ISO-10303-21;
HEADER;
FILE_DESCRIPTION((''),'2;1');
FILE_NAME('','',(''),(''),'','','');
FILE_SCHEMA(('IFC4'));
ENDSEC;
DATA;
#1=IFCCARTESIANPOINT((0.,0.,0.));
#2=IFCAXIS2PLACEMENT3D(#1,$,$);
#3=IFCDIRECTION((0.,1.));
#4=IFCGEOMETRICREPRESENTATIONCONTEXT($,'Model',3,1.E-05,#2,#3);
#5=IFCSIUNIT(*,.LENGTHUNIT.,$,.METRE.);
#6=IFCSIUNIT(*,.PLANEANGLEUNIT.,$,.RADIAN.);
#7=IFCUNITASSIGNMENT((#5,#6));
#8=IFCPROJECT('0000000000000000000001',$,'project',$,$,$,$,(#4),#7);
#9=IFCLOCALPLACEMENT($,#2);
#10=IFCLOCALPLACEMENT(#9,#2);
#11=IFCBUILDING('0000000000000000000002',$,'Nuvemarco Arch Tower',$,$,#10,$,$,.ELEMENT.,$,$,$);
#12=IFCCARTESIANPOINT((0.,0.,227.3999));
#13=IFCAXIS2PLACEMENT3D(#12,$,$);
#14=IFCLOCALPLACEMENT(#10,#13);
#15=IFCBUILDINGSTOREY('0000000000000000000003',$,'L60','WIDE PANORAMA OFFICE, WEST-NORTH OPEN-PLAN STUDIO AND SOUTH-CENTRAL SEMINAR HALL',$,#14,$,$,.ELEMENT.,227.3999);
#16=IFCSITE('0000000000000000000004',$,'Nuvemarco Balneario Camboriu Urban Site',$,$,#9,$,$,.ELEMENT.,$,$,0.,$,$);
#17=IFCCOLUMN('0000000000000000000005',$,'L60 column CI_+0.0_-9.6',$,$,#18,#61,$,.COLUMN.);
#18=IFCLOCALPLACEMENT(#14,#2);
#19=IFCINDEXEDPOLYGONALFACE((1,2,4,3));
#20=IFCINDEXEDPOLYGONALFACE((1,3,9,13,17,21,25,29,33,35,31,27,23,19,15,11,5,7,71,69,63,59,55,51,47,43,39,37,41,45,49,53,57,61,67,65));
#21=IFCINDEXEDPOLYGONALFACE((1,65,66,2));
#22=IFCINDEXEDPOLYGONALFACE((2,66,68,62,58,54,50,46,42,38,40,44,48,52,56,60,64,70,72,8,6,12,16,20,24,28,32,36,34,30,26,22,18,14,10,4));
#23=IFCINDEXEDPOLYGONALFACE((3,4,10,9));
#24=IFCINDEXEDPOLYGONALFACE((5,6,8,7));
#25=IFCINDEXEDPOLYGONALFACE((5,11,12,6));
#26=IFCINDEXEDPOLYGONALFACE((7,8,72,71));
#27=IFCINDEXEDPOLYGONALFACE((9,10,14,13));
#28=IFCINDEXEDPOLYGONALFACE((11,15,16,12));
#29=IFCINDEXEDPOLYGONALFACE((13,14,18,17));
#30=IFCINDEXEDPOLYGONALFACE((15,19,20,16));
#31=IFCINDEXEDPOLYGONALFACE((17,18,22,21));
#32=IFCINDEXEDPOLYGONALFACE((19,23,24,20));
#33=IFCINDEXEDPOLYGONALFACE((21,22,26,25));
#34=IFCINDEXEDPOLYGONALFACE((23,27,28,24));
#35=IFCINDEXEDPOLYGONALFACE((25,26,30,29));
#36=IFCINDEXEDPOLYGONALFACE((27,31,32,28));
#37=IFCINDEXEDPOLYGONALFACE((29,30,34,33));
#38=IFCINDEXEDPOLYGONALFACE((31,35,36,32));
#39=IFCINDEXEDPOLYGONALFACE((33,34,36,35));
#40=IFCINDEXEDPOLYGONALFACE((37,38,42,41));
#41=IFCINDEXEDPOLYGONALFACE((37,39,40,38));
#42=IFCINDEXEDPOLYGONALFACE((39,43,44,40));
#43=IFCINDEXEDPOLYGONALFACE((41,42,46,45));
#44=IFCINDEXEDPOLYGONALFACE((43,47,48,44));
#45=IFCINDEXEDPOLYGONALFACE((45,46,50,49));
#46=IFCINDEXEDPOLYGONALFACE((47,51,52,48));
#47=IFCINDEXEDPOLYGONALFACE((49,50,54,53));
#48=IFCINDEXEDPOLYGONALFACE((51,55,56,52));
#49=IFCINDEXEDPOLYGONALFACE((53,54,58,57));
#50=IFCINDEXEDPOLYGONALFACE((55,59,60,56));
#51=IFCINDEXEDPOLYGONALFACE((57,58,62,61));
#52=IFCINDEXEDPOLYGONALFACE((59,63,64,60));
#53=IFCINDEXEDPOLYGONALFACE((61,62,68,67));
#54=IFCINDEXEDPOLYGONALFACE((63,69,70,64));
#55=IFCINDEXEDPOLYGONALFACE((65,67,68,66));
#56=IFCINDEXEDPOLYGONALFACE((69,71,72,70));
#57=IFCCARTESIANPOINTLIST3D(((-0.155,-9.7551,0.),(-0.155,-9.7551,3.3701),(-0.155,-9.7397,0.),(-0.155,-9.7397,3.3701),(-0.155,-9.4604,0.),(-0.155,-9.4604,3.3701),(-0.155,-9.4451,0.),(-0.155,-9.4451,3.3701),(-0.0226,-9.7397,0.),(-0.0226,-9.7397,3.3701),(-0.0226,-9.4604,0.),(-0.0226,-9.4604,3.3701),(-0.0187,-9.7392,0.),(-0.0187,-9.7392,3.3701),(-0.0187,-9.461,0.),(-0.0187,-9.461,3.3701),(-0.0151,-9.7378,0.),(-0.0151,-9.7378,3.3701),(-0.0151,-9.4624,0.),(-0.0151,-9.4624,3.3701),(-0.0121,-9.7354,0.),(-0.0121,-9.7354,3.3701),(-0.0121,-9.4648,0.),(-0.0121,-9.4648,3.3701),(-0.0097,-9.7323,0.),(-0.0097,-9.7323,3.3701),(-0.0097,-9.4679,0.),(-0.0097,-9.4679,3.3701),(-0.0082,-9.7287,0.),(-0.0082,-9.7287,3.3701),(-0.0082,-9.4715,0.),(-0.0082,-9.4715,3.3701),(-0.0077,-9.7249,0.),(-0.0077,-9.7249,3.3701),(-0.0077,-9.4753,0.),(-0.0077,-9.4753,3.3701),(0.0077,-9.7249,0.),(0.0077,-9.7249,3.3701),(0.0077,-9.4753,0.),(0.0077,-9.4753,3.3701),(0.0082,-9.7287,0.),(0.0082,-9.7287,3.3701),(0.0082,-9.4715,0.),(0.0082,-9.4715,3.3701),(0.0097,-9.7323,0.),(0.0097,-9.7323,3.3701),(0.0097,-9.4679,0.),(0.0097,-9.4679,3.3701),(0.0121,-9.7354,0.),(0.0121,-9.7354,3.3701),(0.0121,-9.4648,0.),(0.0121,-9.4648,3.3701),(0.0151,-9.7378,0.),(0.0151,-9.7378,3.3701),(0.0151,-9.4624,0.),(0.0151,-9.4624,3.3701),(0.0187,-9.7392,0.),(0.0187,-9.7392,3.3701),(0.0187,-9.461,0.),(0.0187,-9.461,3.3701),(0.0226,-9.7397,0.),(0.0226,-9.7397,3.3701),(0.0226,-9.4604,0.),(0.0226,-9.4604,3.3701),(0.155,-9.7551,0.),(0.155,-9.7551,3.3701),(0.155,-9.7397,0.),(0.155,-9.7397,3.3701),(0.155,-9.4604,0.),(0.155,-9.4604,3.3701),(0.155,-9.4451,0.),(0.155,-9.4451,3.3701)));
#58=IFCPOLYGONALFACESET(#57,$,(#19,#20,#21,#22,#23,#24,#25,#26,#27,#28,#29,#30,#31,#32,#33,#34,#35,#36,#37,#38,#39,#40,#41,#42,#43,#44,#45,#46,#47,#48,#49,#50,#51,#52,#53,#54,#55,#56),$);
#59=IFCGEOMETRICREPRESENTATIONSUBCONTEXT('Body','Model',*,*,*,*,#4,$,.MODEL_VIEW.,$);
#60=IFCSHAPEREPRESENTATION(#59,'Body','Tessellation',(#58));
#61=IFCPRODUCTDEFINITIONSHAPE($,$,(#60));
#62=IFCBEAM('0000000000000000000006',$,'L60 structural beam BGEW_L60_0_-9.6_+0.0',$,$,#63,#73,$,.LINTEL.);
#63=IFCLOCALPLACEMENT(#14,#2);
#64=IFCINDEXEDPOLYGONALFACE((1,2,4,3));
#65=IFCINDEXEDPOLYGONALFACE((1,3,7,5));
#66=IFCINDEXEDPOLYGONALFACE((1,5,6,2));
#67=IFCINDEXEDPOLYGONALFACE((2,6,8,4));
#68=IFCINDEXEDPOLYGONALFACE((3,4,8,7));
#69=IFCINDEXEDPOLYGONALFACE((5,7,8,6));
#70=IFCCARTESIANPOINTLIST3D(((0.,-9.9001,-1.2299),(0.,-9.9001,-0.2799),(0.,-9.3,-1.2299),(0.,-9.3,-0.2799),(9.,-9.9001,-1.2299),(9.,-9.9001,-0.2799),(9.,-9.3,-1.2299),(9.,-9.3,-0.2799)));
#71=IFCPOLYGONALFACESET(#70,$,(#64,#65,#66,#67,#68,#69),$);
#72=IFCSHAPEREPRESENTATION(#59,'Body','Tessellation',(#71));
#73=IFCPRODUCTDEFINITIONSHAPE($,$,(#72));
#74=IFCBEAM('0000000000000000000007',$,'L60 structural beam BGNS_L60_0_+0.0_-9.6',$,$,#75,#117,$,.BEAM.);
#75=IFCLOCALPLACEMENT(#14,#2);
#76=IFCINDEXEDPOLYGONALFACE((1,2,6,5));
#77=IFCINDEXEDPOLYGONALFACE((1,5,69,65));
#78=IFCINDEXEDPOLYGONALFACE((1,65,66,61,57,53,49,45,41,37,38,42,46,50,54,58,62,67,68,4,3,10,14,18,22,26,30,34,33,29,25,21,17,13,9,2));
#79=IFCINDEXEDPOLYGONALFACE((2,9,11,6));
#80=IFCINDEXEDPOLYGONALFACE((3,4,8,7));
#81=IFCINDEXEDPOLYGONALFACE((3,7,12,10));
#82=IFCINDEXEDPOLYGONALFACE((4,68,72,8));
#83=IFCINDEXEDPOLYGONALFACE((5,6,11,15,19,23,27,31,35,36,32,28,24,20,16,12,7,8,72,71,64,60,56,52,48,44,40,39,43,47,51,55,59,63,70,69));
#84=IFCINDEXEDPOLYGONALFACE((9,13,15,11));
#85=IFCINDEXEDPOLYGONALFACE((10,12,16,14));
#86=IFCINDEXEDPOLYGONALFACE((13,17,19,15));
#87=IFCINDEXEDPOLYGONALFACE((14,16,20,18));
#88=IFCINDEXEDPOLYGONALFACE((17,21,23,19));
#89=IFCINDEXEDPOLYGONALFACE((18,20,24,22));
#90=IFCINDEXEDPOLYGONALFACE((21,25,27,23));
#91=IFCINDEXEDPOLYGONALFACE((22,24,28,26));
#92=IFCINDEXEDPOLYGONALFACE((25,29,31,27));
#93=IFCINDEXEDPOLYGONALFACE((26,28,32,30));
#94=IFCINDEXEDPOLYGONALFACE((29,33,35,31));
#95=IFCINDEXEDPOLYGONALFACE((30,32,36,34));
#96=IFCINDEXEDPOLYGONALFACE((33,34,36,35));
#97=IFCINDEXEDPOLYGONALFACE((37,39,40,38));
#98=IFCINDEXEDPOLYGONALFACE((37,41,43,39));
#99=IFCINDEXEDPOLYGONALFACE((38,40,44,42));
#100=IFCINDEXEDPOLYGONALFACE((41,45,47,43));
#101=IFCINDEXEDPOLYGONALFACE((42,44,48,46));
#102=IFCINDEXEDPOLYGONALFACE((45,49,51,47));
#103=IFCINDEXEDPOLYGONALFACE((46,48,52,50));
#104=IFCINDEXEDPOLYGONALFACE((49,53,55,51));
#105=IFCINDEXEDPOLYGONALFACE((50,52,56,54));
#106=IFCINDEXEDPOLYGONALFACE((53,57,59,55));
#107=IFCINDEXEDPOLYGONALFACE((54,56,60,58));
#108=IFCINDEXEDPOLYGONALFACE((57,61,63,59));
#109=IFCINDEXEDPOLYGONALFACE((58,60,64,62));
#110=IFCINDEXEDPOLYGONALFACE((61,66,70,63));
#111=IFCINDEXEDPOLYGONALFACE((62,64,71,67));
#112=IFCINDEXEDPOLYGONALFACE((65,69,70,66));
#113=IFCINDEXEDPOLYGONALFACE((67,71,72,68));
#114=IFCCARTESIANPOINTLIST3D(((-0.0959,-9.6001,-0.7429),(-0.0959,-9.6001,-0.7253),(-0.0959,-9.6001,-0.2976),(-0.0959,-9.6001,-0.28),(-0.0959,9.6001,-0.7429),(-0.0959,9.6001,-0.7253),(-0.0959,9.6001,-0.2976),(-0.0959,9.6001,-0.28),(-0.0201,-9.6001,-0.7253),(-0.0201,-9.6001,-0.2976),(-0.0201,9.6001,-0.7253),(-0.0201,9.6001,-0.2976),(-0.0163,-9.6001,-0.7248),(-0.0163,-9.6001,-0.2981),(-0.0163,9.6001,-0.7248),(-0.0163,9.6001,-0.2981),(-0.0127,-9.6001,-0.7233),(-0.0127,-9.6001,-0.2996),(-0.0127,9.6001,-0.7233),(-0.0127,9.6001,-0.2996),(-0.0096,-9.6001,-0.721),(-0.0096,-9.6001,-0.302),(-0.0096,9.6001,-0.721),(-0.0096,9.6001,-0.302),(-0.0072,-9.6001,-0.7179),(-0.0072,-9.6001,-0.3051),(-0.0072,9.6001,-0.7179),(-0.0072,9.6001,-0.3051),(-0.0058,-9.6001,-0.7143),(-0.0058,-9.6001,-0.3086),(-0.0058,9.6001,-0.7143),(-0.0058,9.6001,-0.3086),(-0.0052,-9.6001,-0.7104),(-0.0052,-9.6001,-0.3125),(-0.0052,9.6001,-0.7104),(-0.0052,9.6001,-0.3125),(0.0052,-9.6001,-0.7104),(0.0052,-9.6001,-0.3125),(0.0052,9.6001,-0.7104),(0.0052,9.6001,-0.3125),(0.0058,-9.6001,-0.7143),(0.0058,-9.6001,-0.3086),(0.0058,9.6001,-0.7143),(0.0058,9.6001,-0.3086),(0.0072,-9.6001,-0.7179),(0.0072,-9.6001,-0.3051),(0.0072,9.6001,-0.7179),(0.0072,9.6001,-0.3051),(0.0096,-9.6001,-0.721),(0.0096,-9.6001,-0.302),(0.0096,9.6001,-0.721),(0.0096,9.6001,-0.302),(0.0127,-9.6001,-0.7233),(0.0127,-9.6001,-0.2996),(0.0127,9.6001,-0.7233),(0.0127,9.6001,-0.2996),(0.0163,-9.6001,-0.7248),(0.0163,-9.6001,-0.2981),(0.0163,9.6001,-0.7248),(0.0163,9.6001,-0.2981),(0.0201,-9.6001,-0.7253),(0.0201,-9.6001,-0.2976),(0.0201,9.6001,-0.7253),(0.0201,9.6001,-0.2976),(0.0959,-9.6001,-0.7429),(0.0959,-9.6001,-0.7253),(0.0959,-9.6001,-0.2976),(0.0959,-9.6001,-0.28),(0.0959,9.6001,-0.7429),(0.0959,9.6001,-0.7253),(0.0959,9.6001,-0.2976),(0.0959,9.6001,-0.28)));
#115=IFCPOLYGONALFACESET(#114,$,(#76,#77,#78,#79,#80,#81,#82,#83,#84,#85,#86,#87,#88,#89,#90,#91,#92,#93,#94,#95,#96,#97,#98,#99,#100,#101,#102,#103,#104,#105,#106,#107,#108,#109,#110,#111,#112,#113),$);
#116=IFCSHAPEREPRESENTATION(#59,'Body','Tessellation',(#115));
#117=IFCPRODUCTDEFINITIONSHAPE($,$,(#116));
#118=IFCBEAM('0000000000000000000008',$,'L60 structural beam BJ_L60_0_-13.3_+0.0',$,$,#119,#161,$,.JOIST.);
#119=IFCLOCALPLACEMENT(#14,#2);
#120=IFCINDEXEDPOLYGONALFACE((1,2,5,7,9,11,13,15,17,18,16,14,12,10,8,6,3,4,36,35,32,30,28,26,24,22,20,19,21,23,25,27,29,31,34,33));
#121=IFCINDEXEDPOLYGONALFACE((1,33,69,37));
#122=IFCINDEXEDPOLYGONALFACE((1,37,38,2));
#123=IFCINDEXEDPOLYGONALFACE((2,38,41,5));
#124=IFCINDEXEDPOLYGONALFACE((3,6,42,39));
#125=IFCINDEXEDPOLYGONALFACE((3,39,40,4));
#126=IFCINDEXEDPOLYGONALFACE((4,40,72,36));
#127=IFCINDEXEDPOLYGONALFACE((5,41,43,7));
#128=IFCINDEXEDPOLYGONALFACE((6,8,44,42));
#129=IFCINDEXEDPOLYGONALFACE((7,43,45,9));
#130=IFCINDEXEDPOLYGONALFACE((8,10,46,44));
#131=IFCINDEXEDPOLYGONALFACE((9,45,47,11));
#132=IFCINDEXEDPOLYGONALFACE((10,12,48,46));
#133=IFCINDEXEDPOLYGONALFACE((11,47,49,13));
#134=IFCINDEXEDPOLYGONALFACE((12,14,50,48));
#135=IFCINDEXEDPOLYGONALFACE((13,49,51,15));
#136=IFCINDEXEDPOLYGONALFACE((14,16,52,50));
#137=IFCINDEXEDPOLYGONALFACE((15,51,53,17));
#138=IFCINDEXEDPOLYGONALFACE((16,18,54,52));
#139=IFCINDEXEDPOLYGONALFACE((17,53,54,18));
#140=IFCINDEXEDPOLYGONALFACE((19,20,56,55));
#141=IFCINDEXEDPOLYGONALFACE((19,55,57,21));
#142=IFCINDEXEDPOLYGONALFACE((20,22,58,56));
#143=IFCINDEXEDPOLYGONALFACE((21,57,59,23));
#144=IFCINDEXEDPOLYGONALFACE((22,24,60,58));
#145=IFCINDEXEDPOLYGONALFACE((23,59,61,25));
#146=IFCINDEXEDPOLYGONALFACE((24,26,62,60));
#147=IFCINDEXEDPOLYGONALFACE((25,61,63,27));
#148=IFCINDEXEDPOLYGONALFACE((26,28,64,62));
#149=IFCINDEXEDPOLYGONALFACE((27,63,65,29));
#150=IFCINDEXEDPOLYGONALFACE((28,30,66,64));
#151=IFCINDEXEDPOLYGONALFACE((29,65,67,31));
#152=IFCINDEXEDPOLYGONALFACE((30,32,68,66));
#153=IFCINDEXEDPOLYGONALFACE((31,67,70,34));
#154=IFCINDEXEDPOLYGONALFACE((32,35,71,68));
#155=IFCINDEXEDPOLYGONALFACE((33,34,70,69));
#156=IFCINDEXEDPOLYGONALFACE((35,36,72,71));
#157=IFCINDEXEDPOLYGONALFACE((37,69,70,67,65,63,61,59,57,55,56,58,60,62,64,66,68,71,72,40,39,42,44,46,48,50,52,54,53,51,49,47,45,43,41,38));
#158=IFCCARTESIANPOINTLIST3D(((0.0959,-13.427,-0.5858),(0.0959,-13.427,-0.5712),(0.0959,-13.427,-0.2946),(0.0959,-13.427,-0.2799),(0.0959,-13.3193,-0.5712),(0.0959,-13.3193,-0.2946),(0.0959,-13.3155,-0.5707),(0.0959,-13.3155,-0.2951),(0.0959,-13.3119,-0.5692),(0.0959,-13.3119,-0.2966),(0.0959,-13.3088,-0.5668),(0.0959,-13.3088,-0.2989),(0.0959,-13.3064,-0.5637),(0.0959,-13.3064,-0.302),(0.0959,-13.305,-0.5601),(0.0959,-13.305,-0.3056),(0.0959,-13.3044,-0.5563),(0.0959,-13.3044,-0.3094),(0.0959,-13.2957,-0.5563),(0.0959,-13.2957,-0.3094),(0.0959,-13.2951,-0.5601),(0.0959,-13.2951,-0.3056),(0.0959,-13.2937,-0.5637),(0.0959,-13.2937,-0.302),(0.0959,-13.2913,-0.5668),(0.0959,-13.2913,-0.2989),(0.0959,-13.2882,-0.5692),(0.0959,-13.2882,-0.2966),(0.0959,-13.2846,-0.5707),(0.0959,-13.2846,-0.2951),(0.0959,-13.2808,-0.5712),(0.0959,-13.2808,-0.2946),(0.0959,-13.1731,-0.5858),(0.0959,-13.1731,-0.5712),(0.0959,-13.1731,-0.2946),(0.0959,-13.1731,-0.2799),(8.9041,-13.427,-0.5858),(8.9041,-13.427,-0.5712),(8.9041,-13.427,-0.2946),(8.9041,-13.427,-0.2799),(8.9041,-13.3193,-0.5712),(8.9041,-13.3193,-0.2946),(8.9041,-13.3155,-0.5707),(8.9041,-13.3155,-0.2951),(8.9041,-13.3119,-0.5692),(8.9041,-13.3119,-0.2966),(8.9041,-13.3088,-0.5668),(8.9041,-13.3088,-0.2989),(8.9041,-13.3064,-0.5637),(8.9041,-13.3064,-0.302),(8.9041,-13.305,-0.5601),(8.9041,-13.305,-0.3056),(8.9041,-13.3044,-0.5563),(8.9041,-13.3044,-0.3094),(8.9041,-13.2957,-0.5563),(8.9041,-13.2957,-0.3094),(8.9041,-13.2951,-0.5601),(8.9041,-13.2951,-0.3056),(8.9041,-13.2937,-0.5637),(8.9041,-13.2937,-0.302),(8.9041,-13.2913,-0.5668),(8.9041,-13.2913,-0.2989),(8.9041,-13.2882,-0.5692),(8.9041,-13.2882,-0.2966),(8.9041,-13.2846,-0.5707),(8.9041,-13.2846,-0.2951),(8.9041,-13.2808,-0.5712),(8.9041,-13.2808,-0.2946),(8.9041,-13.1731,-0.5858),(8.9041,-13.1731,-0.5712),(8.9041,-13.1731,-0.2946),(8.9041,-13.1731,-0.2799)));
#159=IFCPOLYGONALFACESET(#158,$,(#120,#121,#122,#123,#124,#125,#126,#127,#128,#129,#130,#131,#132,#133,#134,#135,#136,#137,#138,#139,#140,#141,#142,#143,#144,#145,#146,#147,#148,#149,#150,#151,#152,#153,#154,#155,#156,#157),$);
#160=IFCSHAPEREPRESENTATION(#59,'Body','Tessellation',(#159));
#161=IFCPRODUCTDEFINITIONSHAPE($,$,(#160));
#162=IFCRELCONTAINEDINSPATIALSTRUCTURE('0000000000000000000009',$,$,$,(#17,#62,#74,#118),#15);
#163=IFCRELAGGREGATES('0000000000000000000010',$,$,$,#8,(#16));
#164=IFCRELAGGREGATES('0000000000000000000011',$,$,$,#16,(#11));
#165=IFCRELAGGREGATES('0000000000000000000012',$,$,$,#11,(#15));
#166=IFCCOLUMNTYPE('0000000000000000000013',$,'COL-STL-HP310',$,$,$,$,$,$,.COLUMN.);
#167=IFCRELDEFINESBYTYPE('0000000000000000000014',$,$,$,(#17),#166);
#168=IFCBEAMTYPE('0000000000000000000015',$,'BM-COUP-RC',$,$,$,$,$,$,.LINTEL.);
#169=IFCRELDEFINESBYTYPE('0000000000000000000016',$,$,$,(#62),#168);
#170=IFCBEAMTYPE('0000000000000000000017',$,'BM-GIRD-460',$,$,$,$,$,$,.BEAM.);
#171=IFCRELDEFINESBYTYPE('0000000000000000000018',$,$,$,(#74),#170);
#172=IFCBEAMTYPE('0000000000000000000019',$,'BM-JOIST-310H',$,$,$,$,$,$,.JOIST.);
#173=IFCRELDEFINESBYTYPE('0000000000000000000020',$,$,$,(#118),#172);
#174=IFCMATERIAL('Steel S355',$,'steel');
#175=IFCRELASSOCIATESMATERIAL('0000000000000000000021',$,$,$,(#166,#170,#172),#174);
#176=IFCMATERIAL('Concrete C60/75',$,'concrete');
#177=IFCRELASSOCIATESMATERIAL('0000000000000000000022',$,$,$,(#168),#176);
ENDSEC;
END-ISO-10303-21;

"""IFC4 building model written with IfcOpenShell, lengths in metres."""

from ifc_helpers import new_model, si_unit, direction, frame, origin, origin_2d, place, context, subcontext, project, spatial, rectangle, i_section, extrude, material, material_profile, profile_set, type_object, element, save


model = new_model("IFC4")

# Units and contexts
model_context = context("Model", 3, precision=1e-05, world=origin(), true_north=direction((0.0, 1.0)))
body_context = subcontext(model_context, "Body", "Model", "MODEL_VIEW")
ifc_project = project(units=[si_unit("LENGTHUNIT", "METRE"), si_unit("PLANEANGLEUNIT", "RADIAN")], contexts=[model_context])

# Site, building, storey
site_placement = place(None, origin())
site = spatial("IfcSite", under=ifc_project, at=site_placement, Name="Nuvemarco Balneario Camboriu Urban Site", CompositionType="ELEMENT", RefElevation=0.0)
building_placement = place(site_placement, origin())
building = spatial("IfcBuilding", under=site, at=building_placement, Name="Nuvemarco Arch Tower", CompositionType="ELEMENT")
storey_placement = place(building_placement, frame((0.0, 0.0, 227.3999)))
storey = spatial("IfcBuildingStorey", under=building, at=storey_placement, Name="L60", Description="WIDE PANORAMA OFFICE, WEST-NORTH OPEN-PLAN STUDIO AND SOUTH-CENTRAL SEMINAR HALL", CompositionType="ELEMENT", Elevation=227.3999)

# Column
ifc_material_1 = material(Name="Steel S355", Category="steel")
ifc_material_profile_1 = material_profile(ifc_material_1, i_section(OverallWidth=0.3101, OverallDepth=0.3101, WebThickness=0.0154, FlangeThickness=0.0154, FilletRadius=0.0149, at=origin_2d()), Name="HP310x110")
ifc_profile_set_1 = profile_set([ifc_material_profile_1], Name="Steel S355")
column_type = type_object("IfcColumnType", Name="COL-STL-HP310", PredefinedType="COLUMN", material=ifc_profile_set_1)
column_placement = place(storey_placement, frame((0.0, -9.6001, 0.0), z_axis=(0.0, 0.0, 1.0), x_axis=(1.0, 0.0, 0.0)))
element("IfcColumn", 1, at=column_placement, inside=storey, type_object=column_type, Name="L60 column CI_+0.0_-9.6", PredefinedType="COLUMN", context=body_context, shape_type="SweptSolid", body=[
    extrude(i_section(OverallWidth=0.3101, OverallDepth=0.3101, WebThickness=0.0154, FlangeThickness=0.0154, FilletRadius=0.0149, at=origin_2d()), origin(), (0.0, 0.0, 1.0), 3.3701),
])

# Beams
ifc_material_2 = material(Name="Concrete C60/75", Category="concrete")
ifc_material_profile_2 = material_profile(ifc_material_2, rectangle(XDim=0.6001, YDim=0.95, at=origin_2d()), Name="RC-BM-600x950")
ifc_profile_set_2 = profile_set([ifc_material_profile_2], Name="Concrete C60/75")
beam_type_1 = type_object("IfcBeamType", Name="BM-COUP-RC", PredefinedType="LINTEL", material=ifc_profile_set_2)
beam_1_placement = place(storey_placement, frame((0.0, -9.6001, -0.7549), z_axis=(1.0, 0.0, 0.0), x_axis=(0.0, 1.0, 0.0)))
element("IfcBeam", 2, at=beam_1_placement, inside=storey, type_object=beam_type_1, Name="L60 structural beam BGEW_L60_0_-9.6_+0.0", PredefinedType="LINTEL", context=body_context, shape_type="SweptSolid", body=[
    extrude(rectangle(XDim=0.6001, YDim=0.95, at=origin_2d()), origin(), (0.0, 0.0, 1.0), 9.0),
])
ifc_material_profile_3 = material_profile(ifc_material_1, i_section(OverallWidth=0.1919, OverallDepth=0.4629, WebThickness=0.0105, FlangeThickness=0.0176, FilletRadius=0.0149, at=origin_2d()), Name="W460x89")
ifc_profile_set_3 = profile_set([ifc_material_profile_3], Name="Steel S355")
beam_type_2 = type_object("IfcBeamType", Name="BM-GIRD-460", PredefinedType="BEAM", material=ifc_profile_set_3)
beam_2_placement = place(storey_placement, frame((0.0, -9.6001, -0.5115), z_axis=(0.0, 1.0, 0.0), x_axis=(-1.0, 0.0, 0.0)))
element("IfcBeam", 3, at=beam_2_placement, inside=storey, type_object=beam_type_2, Name="L60 structural beam BGNS_L60_0_+0.0_-9.6", PredefinedType="BEAM", context=body_context, shape_type="SweptSolid", body=[
    extrude(i_section(OverallWidth=0.1919, OverallDepth=0.4629, WebThickness=0.0105, FlangeThickness=0.0176, FilletRadius=0.0149, at=origin_2d()), origin(), (0.0, 0.0, 1.0), 19.2002),
])
ifc_material_profile_4 = material_profile(ifc_material_1, i_section(OverallWidth=0.2539, OverallDepth=0.3059, WebThickness=0.0088, FlangeThickness=0.0146, FilletRadius=0.0149, at=origin_2d()), Name="W310x79")
ifc_profile_set_4 = profile_set([ifc_material_profile_4], Name="Steel S355")
beam_type_3 = type_object("IfcBeamType", Name="BM-JOIST-310H", PredefinedType="JOIST", material=ifc_profile_set_4)
beam_3_placement = place(storey_placement, frame((0.0959, -13.3, -0.4329), z_axis=(1.0, 0.0, 0.0), x_axis=(0.0, 1.0, 0.0)))
element("IfcBeam", 4, at=beam_3_placement, inside=storey, type_object=beam_type_3, Name="L60 structural beam BJ_L60_0_-13.3_+0.0", PredefinedType="JOIST", context=body_context, shape_type="SweptSolid", body=[
    extrude(i_section(OverallWidth=0.2539, OverallDepth=0.3059, WebThickness=0.0088, FlangeThickness=0.0146, FilletRadius=0.0149, at=origin_2d()), origin(), (0.0, 0.0, 1.0), 8.8081),
])

save(model, "model.ifc")
